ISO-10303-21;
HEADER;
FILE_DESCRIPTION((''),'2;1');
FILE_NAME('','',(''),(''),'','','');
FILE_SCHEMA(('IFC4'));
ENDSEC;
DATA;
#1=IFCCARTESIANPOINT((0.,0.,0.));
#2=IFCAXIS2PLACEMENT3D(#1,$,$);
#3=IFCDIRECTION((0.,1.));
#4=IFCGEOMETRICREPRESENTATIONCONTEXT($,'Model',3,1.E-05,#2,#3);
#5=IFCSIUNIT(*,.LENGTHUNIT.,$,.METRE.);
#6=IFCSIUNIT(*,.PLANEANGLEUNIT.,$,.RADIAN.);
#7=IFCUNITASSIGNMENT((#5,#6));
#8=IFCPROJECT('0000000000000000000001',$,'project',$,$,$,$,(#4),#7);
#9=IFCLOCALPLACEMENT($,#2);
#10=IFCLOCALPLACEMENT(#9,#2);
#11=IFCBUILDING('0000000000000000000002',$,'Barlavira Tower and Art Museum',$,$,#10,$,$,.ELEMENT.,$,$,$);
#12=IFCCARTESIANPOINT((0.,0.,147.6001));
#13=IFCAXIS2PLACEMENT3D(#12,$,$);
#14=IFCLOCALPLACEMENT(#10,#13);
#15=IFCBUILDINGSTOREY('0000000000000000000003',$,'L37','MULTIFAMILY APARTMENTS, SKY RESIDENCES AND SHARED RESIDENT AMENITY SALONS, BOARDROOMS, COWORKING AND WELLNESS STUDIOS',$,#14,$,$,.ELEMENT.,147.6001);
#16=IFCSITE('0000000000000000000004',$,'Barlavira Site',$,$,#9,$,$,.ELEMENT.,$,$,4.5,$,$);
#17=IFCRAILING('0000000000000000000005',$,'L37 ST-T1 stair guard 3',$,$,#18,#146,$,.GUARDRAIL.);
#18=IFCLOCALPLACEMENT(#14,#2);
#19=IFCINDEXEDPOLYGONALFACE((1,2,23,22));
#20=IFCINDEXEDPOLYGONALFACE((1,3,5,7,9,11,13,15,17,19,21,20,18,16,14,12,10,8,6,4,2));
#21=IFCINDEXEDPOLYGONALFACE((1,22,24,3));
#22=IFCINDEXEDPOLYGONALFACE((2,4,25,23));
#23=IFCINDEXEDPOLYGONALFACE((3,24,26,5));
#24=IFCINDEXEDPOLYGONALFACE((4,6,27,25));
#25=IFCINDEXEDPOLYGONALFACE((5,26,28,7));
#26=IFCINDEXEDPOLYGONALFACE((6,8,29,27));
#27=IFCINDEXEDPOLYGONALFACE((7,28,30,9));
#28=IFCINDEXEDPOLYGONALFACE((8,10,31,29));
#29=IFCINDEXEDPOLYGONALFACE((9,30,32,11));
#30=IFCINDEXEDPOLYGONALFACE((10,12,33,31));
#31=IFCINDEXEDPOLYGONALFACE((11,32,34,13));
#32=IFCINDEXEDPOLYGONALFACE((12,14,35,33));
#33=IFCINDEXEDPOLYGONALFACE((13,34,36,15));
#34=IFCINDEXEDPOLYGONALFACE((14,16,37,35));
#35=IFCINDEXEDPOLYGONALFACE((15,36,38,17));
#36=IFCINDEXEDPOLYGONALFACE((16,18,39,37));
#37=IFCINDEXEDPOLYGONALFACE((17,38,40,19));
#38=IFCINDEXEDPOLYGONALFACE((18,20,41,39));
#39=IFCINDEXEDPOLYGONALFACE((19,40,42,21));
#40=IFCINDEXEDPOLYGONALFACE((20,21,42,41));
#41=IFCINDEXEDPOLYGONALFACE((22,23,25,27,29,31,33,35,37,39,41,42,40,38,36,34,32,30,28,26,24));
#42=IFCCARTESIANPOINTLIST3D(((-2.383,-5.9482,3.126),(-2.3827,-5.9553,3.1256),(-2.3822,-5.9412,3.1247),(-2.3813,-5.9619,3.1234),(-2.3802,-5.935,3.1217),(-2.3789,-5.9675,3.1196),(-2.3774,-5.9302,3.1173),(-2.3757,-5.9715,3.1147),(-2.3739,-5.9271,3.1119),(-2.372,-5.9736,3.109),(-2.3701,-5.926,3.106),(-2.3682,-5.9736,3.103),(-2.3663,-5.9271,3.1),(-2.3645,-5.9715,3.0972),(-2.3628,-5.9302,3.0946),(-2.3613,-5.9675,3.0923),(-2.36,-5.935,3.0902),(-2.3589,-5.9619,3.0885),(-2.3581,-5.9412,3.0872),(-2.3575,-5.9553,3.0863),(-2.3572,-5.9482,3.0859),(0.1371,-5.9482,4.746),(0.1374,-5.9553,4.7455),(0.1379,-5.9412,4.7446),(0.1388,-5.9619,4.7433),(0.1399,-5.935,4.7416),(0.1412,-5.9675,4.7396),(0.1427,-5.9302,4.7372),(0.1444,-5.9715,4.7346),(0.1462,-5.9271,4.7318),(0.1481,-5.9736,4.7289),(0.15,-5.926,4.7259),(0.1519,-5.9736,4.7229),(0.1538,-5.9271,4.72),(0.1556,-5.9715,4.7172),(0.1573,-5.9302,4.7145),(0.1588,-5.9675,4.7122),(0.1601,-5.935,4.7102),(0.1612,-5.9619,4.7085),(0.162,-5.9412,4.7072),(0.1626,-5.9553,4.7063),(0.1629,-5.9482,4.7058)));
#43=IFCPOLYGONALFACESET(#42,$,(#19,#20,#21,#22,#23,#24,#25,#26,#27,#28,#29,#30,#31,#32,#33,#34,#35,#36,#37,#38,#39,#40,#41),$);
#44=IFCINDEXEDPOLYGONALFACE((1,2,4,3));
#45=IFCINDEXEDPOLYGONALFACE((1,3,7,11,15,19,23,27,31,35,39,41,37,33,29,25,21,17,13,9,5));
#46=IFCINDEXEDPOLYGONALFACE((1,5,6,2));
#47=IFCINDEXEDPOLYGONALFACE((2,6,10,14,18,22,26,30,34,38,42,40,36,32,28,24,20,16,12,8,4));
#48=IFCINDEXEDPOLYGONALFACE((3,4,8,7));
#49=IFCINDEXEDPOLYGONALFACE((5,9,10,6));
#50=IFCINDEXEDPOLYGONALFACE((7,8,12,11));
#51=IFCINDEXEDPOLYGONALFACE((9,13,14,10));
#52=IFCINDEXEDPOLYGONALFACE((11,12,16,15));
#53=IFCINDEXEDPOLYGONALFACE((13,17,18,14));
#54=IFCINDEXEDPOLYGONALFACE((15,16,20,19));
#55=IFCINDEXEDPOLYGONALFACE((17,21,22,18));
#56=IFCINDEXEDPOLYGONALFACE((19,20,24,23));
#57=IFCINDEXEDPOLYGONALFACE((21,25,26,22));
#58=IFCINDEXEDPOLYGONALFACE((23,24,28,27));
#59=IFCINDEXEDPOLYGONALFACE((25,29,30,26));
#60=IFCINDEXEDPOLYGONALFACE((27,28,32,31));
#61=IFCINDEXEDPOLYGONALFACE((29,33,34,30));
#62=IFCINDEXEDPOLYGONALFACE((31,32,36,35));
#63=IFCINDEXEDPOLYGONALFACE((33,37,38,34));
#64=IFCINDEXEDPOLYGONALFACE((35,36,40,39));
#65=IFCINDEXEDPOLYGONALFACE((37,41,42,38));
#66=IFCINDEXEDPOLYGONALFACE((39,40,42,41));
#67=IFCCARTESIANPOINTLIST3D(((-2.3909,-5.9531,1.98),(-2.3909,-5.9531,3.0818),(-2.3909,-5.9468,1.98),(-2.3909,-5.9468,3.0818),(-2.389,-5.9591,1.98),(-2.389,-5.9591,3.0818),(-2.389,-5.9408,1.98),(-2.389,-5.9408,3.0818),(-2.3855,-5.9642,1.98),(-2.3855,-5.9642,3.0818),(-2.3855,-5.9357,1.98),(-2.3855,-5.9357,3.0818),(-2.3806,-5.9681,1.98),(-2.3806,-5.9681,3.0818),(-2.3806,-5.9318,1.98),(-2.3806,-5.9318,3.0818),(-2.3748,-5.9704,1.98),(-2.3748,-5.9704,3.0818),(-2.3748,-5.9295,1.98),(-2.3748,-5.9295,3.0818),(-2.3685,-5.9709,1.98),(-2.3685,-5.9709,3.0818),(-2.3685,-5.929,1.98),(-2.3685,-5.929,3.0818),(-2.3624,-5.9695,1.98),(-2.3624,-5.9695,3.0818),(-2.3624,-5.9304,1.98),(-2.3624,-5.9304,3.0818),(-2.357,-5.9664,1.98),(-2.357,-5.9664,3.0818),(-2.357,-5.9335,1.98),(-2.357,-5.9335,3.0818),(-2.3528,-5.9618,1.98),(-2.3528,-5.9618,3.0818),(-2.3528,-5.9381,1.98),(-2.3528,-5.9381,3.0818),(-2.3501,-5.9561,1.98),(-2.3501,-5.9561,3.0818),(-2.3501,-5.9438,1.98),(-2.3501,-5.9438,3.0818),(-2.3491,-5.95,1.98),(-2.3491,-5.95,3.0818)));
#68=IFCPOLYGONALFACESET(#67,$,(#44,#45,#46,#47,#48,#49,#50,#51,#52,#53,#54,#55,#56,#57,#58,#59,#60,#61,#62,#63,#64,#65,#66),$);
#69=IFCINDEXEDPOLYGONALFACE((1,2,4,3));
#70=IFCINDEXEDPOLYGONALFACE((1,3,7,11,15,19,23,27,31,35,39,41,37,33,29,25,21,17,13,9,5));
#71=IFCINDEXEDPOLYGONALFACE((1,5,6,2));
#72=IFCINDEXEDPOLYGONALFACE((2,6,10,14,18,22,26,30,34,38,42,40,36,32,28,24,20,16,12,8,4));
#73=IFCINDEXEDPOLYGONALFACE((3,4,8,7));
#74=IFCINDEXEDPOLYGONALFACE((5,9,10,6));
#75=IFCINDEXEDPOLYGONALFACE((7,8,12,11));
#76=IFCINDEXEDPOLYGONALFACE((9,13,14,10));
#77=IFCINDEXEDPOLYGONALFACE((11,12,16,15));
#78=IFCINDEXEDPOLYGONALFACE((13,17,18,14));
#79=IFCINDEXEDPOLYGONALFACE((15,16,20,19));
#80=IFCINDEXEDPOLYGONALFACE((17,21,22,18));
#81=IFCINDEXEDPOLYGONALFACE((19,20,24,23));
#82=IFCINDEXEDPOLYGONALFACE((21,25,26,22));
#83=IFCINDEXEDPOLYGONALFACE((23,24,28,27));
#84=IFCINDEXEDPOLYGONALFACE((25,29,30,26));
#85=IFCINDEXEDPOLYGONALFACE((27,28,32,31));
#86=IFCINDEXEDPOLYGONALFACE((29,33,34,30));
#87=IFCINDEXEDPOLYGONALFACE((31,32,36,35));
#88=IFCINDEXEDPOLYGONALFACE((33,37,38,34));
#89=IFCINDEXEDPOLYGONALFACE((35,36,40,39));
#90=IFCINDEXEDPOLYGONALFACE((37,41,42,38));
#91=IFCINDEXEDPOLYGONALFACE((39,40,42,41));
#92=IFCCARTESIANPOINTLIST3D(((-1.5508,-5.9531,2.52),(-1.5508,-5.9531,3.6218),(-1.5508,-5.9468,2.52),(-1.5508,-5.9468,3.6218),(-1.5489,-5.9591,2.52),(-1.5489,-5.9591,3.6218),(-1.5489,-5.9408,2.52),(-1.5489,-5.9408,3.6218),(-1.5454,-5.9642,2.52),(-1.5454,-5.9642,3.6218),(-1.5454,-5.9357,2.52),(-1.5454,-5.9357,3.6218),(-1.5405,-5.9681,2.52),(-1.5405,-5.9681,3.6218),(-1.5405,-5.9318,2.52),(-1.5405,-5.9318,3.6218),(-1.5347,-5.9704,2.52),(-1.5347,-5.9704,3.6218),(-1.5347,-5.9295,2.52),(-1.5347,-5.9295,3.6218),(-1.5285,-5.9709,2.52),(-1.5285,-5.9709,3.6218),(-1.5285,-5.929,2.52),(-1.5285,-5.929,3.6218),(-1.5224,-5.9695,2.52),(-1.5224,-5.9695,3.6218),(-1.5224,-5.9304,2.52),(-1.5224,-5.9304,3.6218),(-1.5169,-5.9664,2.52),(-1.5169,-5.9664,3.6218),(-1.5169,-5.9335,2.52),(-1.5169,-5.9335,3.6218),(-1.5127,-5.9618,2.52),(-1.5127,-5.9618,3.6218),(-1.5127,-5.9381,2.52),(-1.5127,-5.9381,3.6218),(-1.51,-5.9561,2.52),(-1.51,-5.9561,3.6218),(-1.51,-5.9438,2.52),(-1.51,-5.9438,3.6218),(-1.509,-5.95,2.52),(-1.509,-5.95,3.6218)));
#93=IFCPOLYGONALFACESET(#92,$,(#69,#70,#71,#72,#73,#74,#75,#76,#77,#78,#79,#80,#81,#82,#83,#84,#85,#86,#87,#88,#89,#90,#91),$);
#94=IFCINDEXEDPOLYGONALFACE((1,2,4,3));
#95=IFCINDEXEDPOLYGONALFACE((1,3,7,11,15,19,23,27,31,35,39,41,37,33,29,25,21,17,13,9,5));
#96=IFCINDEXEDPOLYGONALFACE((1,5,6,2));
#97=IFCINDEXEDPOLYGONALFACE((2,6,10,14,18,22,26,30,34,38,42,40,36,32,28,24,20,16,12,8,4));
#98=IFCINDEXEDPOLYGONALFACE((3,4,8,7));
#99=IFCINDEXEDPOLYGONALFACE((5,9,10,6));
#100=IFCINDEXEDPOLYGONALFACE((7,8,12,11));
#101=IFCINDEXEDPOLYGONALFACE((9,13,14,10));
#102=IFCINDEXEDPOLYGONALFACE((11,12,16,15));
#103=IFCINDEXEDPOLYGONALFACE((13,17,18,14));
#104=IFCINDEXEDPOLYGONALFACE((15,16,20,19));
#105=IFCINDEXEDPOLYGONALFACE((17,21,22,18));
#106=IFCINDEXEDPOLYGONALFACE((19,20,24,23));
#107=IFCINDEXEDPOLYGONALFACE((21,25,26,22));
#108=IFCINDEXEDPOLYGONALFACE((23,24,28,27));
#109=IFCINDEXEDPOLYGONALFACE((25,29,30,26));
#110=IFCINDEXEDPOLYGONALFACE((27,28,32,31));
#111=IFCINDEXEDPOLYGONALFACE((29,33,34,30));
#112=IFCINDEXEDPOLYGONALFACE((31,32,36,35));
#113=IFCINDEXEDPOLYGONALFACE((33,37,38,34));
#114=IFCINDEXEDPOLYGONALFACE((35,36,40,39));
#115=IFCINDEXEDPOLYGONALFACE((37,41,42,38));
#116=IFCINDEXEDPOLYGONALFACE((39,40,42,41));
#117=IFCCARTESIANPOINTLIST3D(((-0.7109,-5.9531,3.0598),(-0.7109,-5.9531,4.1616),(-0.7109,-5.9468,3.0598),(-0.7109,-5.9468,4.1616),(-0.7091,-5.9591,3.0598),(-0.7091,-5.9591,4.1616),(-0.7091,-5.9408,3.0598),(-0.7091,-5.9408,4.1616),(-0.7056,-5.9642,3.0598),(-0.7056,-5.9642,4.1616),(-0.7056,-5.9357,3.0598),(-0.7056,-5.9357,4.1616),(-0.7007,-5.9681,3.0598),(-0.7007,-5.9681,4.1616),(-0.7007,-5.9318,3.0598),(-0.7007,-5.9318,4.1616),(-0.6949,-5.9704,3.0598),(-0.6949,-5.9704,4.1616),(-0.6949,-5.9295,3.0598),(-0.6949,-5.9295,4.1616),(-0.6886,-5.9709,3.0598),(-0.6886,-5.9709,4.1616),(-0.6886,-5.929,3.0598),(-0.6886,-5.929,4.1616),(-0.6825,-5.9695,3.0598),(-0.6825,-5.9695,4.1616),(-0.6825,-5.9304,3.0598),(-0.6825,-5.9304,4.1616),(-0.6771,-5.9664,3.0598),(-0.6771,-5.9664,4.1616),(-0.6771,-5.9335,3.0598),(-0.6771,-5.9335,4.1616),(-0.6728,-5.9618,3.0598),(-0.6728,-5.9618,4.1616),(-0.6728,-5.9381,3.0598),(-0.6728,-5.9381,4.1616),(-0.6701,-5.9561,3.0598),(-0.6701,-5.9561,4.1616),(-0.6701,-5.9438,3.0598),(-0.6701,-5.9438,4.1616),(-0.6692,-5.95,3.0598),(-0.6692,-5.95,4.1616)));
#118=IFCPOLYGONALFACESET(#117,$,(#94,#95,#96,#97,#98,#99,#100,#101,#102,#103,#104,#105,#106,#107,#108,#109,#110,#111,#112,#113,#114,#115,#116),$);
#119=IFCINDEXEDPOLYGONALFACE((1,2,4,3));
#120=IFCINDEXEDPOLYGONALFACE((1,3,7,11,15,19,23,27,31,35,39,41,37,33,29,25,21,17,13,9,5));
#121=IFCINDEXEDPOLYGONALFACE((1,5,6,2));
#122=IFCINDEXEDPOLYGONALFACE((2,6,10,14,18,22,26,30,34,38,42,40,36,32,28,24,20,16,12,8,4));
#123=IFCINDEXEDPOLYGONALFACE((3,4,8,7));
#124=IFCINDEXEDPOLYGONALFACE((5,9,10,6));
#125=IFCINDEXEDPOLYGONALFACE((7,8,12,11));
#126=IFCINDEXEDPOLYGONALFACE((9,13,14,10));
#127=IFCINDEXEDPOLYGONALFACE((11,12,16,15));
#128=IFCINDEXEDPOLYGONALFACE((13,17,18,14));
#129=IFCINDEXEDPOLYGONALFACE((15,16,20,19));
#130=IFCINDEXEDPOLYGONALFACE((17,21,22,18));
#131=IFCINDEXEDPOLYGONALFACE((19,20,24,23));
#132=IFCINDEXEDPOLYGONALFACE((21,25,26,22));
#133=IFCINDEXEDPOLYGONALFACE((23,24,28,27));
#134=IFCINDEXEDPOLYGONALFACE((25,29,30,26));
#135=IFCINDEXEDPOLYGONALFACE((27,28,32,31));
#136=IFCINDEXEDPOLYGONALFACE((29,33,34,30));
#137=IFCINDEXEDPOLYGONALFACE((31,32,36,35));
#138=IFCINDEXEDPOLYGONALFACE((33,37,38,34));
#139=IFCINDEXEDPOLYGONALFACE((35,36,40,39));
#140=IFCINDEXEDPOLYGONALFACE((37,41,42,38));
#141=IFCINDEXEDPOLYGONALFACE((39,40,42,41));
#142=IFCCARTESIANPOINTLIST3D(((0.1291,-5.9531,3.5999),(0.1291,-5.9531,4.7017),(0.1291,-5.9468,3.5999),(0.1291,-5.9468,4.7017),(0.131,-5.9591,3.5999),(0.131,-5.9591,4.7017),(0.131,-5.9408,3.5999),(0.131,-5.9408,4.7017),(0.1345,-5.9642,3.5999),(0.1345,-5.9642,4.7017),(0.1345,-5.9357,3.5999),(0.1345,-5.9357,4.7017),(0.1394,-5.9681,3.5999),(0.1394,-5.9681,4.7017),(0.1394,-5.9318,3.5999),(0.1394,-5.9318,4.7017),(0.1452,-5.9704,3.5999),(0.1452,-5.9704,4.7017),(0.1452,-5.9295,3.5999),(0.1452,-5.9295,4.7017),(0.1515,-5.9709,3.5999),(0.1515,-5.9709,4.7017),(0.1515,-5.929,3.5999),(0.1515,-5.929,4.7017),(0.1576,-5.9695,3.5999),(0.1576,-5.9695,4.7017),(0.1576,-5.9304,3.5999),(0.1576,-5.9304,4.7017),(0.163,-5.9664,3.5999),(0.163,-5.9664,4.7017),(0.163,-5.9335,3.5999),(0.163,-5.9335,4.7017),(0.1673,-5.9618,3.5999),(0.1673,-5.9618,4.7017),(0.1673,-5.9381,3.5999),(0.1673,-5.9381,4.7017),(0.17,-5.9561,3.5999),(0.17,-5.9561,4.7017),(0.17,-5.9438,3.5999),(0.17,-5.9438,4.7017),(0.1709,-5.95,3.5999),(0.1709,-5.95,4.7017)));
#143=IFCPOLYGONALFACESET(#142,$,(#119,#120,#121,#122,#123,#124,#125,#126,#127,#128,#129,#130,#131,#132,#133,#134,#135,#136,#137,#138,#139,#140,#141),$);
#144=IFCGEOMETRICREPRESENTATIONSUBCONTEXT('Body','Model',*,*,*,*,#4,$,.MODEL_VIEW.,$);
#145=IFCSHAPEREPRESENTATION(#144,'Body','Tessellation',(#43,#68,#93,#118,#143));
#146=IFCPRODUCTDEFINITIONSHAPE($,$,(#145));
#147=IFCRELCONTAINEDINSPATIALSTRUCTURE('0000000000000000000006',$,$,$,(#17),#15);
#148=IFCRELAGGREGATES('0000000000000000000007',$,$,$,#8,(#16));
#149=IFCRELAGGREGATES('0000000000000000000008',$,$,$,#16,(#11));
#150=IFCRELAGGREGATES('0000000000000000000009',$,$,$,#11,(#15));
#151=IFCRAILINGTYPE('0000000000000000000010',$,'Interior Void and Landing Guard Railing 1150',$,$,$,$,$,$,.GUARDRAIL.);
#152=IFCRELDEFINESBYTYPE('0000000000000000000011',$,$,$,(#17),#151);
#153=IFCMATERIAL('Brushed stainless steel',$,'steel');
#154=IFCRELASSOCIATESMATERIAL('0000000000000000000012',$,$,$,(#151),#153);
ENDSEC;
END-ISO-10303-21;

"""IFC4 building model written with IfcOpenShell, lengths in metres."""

from ifc_helpers import new_model, si_unit, direction, frame, origin, origin_2d, place, context, subcontext, project, spatial, circle, extrude, material, type_object, element, save


model = new_model("IFC4")

# Units and contexts
model_context = context("Model", 3, precision=1e-05, world=origin(), true_north=direction((0.0, 1.0)))
body_context = subcontext(model_context, "Body", "Model", "MODEL_VIEW")
ifc_project = project(units=[si_unit("LENGTHUNIT", "METRE"), si_unit("PLANEANGLEUNIT", "RADIAN")], contexts=[model_context])

# Site, building, storey
site_placement = place(None, origin())
site = spatial("IfcSite", under=ifc_project, at=site_placement, Name="Barlavira Site", CompositionType="ELEMENT", RefElevation=4.5)
building_placement = place(site_placement, origin())
building = spatial("IfcBuilding", under=site, at=building_placement, Name="Barlavira Tower and Art Museum", CompositionType="ELEMENT")
storey_placement = place(building_placement, frame((0.0, 0.0, 147.6001)))
storey = spatial("IfcBuildingStorey", under=building, at=storey_placement, Name="L37", Description="MULTIFAMILY APARTMENTS, SKY RESIDENCES AND SHARED RESIDENT AMENITY SALONS, BOARDROOMS, COWORKING AND WELLNESS STUDIOS", CompositionType="ELEMENT", Elevation=147.6001)

# Shared definitions
ifc_material_1 = material(Name="Brushed stainless steel", Category="steel")

# Railing
railing_type_1 = type_object("IfcRailingType", Name="Interior Void and Landing Guard Railing 1150", PredefinedType="GUARDRAIL", material=ifc_material_1)
railing_1_placement = place(storey_placement, frame((-2.3701, -5.95, 1.98)))
element("IfcRailing", 1, at=railing_1_placement, inside=storey, type_object=railing_type_1, Name="L37 ST-T1 stair guard 3", PredefinedType="GUARDRAIL", context=body_context, shape_type="SweptSolid", body=[
    extrude(circle(Radius=0.0239, at=origin_2d()), frame((0.0, 0.0, 1.126), z_axis=(0.8412, 0.0, 0.540725), x_axis=(0.0, 1.0, 0.0)), (0.0, 0.0, 1.0), 2.9958),
    extrude(circle(Radius=0.021, at=origin_2d()), origin(), (0.0, 0.0, 1.0), 1.1018),
    extrude(circle(Radius=0.021, at=origin_2d()), frame((0.8401, 0.0, 0.54)), (0.0, 0.0, 1.0), 1.1018),
    extrude(circle(Radius=0.021, at=origin_2d()), frame((1.6799, 0.0, 1.0798)), (0.0, 0.0, 1.0), 1.1018),
    extrude(circle(Radius=0.021, at=origin_2d()), frame((2.52, 0.0, 1.6199)), (0.0, 0.0, 1.0), 1.1018),
])

save(model, "model.ifc")
